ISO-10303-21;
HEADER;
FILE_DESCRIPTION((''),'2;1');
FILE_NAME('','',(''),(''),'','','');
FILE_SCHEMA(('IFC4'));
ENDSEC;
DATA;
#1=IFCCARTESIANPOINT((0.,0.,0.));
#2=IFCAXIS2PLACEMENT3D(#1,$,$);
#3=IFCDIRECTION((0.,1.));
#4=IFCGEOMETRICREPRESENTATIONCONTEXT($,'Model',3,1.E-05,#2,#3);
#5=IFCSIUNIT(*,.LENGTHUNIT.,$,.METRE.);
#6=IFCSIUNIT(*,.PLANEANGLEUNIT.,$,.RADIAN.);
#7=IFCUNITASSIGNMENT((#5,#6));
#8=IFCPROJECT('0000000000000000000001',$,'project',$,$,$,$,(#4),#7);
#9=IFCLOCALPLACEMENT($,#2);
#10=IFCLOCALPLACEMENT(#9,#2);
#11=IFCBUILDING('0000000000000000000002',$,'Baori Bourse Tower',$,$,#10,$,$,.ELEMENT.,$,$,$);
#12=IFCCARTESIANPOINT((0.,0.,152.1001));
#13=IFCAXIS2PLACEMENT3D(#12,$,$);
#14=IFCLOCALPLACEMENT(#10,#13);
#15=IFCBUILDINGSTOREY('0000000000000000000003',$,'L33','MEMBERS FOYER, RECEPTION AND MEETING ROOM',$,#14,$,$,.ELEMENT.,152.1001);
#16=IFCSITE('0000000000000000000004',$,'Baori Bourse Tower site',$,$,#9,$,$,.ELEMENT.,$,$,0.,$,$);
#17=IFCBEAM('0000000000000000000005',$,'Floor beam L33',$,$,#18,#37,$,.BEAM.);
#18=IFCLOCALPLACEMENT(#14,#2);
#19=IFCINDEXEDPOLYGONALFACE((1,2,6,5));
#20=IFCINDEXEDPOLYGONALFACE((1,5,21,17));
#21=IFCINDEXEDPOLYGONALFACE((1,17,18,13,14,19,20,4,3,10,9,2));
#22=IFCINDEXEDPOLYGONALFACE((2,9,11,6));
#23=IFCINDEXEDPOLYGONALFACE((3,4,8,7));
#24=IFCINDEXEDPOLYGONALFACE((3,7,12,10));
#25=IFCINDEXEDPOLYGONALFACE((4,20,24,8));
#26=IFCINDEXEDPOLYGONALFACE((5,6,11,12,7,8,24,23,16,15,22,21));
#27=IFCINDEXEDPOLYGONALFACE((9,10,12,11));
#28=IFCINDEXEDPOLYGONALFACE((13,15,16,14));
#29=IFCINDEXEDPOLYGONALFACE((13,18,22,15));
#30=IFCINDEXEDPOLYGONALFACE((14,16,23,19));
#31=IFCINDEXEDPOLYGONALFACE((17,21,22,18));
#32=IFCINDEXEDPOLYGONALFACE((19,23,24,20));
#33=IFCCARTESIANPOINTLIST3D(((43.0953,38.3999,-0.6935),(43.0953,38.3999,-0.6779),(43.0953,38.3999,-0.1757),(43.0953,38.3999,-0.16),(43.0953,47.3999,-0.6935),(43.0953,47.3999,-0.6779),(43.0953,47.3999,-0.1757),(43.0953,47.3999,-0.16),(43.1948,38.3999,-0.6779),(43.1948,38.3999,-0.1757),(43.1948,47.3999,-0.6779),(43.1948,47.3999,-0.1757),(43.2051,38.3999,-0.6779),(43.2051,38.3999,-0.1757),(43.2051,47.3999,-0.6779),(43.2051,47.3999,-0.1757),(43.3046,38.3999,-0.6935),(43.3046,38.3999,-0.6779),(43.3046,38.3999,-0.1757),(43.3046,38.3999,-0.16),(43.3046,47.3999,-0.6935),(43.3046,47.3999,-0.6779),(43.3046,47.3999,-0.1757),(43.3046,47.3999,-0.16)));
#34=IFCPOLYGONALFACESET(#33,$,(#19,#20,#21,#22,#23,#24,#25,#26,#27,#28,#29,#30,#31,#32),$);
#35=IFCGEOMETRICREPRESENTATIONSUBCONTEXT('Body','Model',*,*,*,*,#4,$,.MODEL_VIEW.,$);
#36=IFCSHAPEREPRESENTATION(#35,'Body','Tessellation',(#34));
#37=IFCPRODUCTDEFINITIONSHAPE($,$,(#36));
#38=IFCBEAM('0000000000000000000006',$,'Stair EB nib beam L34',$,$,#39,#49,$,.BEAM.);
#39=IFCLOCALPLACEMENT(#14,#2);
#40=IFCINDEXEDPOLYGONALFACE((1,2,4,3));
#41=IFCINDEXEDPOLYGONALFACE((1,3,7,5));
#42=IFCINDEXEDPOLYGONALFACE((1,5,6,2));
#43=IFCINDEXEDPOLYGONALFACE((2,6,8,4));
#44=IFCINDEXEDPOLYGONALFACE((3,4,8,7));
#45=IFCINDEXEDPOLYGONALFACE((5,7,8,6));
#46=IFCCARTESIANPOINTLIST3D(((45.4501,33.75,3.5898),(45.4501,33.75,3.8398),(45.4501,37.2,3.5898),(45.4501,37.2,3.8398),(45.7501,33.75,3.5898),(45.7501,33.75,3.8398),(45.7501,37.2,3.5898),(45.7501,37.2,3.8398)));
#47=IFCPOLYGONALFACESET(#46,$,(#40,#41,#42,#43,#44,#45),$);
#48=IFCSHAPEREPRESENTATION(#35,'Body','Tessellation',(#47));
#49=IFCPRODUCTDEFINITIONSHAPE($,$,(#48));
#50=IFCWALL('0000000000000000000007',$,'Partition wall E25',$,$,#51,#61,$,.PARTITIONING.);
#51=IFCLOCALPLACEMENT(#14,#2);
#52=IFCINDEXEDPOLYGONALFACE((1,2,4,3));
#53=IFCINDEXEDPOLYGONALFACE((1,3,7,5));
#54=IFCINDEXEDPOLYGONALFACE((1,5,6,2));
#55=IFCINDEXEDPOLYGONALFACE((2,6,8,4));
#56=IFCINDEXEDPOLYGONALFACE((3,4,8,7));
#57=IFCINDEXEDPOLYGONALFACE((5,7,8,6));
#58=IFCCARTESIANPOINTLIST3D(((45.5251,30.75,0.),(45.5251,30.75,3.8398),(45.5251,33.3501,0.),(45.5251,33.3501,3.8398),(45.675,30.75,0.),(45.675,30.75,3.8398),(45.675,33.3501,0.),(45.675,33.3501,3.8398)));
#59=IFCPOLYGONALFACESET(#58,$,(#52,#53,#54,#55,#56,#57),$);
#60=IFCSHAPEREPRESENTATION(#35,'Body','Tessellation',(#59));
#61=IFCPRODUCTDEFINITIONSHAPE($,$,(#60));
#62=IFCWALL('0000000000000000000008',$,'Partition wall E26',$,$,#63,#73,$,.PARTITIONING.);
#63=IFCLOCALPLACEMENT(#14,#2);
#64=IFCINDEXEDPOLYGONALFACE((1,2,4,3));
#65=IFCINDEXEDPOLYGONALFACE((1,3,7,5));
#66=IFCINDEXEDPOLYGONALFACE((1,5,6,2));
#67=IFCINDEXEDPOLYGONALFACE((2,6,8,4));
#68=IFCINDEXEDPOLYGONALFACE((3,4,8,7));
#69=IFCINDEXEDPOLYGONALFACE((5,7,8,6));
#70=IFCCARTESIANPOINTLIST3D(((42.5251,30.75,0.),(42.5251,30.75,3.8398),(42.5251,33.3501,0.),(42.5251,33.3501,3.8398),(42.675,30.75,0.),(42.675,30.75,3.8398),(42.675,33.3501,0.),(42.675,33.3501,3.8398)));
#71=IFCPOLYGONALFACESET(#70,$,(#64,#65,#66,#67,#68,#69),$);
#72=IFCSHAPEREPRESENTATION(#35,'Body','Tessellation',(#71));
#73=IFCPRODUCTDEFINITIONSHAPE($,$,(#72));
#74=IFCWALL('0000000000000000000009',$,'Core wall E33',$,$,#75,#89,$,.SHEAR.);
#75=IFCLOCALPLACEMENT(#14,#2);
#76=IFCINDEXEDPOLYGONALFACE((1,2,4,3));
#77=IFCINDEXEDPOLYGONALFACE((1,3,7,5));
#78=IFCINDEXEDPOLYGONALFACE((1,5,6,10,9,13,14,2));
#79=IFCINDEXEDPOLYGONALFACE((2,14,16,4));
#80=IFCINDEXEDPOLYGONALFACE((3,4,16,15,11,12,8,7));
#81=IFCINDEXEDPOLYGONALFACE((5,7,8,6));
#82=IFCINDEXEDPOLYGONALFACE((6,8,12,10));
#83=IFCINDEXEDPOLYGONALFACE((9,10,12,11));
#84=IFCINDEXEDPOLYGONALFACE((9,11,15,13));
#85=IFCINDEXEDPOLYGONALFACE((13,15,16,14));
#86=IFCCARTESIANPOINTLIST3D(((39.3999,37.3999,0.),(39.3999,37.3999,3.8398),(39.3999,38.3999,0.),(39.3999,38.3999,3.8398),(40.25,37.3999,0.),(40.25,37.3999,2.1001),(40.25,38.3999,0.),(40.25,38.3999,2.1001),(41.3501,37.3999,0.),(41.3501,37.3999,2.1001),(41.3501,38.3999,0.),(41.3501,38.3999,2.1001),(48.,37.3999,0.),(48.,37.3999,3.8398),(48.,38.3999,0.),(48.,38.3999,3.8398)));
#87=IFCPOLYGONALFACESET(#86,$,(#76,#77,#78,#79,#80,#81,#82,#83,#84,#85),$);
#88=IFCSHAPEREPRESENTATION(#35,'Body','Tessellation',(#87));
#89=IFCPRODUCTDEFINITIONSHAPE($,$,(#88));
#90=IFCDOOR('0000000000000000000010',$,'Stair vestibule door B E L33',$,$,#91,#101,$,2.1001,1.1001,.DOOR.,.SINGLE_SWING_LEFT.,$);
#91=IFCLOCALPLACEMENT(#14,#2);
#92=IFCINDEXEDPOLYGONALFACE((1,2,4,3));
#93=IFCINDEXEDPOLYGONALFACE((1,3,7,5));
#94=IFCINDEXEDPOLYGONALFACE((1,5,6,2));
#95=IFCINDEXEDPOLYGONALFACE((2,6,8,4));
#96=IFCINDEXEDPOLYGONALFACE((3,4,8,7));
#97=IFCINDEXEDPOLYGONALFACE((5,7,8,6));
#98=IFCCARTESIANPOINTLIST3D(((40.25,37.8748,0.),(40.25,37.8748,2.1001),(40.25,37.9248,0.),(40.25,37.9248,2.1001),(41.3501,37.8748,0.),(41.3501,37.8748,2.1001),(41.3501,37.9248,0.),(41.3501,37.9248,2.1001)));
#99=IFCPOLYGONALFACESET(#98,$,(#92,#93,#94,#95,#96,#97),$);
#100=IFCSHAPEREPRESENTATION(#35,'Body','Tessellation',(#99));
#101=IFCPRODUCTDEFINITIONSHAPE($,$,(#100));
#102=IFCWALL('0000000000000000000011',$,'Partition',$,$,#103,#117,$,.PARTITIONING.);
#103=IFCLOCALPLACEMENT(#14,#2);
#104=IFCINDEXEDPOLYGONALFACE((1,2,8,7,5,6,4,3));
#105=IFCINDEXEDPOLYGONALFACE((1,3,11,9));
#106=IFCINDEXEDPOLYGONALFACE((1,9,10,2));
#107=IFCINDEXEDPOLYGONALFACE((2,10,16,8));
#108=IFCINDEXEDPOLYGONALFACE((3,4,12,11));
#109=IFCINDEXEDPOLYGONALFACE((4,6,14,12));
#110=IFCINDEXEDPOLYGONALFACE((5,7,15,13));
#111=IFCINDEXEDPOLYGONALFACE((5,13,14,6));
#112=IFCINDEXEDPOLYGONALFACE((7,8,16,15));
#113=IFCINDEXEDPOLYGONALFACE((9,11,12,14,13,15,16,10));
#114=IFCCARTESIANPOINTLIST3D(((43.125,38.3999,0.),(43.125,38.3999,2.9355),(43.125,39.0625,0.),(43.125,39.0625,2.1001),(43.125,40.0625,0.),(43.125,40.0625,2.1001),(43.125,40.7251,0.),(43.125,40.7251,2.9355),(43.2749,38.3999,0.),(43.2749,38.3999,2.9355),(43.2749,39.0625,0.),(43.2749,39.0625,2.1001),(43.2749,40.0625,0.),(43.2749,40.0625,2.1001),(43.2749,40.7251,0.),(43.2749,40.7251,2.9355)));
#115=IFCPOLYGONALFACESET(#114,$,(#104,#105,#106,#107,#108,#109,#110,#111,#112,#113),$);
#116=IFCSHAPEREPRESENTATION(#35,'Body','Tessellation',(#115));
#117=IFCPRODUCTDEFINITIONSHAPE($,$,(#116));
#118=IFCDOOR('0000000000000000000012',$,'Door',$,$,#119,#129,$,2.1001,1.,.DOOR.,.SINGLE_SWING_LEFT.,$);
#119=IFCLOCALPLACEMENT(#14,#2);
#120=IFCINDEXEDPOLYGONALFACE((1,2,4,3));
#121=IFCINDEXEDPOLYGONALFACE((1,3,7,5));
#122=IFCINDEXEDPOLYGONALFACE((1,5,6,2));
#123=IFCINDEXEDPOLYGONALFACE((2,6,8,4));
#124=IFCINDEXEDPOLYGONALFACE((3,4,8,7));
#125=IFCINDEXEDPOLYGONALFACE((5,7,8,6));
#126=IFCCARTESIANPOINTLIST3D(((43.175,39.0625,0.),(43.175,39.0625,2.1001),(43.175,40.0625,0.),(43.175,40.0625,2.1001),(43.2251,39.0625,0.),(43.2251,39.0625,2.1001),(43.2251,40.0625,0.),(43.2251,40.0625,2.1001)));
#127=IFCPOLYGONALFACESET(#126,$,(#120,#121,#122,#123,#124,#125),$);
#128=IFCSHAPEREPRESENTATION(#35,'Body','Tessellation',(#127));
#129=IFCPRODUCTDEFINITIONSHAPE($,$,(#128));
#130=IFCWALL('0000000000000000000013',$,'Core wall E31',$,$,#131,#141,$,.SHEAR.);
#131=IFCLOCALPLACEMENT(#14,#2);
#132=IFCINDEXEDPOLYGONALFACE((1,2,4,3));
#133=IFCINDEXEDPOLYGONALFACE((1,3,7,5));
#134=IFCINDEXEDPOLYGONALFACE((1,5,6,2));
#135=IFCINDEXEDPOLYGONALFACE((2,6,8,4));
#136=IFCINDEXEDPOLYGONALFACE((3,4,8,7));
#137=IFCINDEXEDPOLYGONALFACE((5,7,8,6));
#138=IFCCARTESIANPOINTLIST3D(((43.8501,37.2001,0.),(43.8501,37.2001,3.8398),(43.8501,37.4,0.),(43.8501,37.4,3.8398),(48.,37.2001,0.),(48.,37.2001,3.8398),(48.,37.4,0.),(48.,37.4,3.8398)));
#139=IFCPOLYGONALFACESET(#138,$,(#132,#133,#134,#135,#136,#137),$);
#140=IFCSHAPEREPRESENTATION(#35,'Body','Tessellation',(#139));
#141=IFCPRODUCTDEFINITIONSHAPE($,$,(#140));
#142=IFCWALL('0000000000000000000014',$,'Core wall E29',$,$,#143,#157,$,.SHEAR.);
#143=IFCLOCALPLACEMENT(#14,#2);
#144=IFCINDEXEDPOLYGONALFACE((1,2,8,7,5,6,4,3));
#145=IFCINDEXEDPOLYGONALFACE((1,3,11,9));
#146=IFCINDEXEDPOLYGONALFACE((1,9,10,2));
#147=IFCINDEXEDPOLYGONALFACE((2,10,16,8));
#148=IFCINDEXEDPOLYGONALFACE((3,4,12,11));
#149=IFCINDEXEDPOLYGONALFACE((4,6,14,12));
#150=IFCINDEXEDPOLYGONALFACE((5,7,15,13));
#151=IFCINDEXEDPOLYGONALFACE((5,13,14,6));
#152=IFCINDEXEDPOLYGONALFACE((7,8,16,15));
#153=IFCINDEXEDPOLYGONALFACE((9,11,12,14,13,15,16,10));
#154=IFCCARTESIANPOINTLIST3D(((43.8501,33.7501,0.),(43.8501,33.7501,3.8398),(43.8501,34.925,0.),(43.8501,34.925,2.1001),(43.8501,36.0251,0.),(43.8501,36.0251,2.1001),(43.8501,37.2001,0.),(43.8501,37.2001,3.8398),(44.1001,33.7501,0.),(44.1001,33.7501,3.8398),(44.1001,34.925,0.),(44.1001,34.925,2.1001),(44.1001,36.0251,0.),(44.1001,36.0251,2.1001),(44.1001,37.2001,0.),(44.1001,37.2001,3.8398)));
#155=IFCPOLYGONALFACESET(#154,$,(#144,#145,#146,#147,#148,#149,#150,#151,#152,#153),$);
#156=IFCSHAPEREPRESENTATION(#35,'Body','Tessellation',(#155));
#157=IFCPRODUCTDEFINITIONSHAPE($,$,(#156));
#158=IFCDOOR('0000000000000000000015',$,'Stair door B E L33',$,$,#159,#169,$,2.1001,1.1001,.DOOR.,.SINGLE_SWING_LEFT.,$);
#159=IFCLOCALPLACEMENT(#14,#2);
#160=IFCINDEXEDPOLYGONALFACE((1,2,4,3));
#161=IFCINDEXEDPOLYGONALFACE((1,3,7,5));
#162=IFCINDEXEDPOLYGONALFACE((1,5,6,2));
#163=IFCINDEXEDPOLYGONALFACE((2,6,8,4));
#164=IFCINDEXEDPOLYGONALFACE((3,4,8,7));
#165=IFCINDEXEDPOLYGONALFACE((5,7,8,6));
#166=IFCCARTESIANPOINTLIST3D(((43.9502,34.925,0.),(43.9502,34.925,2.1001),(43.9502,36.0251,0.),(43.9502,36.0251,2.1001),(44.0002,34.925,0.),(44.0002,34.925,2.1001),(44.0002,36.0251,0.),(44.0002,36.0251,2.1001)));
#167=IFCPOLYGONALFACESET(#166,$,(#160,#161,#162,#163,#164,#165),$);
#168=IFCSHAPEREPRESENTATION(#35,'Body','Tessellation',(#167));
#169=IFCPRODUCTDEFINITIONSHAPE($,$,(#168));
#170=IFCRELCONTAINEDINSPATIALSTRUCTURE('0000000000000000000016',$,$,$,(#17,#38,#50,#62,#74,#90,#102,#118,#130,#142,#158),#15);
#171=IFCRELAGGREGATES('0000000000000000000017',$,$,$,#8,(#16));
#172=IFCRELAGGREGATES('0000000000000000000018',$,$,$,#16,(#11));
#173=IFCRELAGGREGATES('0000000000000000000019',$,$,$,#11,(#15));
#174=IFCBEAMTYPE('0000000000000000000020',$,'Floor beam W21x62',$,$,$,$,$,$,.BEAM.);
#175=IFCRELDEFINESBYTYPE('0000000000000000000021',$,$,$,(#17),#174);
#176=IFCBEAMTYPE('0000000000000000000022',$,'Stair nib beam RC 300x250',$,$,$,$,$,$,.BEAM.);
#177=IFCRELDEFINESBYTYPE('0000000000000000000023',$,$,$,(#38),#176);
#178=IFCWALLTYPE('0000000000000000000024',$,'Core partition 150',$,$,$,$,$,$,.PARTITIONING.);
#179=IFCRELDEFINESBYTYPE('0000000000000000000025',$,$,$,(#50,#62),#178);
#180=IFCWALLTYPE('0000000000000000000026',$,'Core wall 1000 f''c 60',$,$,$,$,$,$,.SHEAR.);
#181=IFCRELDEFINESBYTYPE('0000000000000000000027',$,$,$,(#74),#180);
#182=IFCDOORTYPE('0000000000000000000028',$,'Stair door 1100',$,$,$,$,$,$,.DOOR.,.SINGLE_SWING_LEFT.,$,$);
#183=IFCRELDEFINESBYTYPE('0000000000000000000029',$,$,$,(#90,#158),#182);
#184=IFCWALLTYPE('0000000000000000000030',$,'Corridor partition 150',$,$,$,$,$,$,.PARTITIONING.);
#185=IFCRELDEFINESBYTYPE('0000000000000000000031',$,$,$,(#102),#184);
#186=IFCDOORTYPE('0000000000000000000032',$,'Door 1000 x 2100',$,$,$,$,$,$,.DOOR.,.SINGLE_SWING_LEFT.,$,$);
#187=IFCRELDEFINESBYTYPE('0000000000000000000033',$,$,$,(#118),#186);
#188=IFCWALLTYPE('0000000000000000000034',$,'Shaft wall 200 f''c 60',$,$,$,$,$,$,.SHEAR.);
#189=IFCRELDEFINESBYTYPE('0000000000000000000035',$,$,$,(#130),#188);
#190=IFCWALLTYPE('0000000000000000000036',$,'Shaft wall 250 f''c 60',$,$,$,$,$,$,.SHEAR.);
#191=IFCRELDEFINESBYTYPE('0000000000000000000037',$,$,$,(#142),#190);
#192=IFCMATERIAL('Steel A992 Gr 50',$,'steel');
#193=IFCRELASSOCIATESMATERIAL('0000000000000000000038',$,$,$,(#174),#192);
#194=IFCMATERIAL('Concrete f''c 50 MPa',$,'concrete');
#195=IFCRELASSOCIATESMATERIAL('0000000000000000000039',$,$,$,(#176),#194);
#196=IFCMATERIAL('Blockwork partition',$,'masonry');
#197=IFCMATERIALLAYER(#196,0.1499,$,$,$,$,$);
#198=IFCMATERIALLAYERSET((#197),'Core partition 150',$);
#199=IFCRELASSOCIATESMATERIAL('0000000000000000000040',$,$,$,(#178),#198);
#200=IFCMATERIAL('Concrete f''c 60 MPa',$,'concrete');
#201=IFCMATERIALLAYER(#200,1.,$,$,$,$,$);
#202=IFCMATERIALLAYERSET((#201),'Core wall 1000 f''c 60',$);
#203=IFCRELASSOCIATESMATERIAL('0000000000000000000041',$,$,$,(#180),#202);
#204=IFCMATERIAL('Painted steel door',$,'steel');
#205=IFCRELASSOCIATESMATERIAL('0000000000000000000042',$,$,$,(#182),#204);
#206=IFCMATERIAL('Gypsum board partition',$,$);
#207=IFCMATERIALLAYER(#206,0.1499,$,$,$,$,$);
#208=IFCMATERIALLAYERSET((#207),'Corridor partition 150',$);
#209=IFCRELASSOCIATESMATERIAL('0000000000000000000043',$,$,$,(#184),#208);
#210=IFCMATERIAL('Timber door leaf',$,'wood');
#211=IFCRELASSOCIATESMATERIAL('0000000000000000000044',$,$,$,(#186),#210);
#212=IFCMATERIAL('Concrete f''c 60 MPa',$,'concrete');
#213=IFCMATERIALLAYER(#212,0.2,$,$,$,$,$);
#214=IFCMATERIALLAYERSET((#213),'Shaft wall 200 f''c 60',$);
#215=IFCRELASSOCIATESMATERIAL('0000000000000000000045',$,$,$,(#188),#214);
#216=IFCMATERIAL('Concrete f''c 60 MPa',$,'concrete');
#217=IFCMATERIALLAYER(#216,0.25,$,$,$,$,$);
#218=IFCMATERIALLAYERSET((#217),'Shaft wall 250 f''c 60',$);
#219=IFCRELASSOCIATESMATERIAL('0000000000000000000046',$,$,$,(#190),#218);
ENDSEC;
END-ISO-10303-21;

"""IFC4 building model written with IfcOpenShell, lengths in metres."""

from ifc_helpers import new_model, si_unit, direction, frame, frame_2d, origin, origin_2d, place, context, subcontext, project, spatial, rectangle, i_section, extrude, material, layer, layer_set, material_profile, profile_set, type_object, element, fill, save


model = new_model("IFC4")

# Units and contexts
model_context = context("Model", 3, precision=1e-05, world=origin(), true_north=direction((0.0, 1.0)))
body_context = subcontext(model_context, "Body", "Model", "MODEL_VIEW")
ifc_project = project(units=[si_unit("LENGTHUNIT", "METRE"), si_unit("PLANEANGLEUNIT", "RADIAN")], contexts=[model_context])

# Site, building, storey
site_placement = place(None, origin())
site = spatial("IfcSite", under=ifc_project, at=site_placement, Name="Baori Bourse Tower site", CompositionType="ELEMENT", RefElevation=0.0)
building_placement = place(site_placement, origin())
building = spatial("IfcBuilding", under=site, at=building_placement, Name="Baori Bourse Tower", CompositionType="ELEMENT")
storey_placement = place(building_placement, frame((0.0, 0.0, 152.1001)))
storey = spatial("IfcBuildingStorey", under=building, at=storey_placement, Name="L33", Description="MEMBERS FOYER, RECEPTION AND MEETING ROOM", CompositionType="ELEMENT", Elevation=152.1001)

# Beams
ifc_material_1 = material(Name="Steel A992 Gr 50", Category="steel")
ifc_material_profile_1 = material_profile(ifc_material_1, i_section(OverallWidth=0.2092, OverallDepth=0.5334, WebThickness=0.0103, FlangeThickness=0.0156, at=origin_2d()), Name="W21x62")
ifc_profile_set_1 = profile_set([ifc_material_profile_1], Name="Steel A992 Gr 50")
beam_type_1 = type_object("IfcBeamType", Name="Floor beam W21x62", PredefinedType="BEAM", material=ifc_profile_set_1)
beam_1_placement = place(storey_placement, frame((43.2, 38.3999, -0.4268), z_axis=(0.0, 1.0, 0.0), x_axis=(-1.0, 0.0, 0.0)))
element("IfcBeam", 1, at=beam_1_placement, inside=storey, type_object=beam_type_1, Name="Floor beam L33", PredefinedType="BEAM", context=body_context, shape_type="SweptSolid", body=[
    extrude(i_section(OverallWidth=0.2092, OverallDepth=0.5334, WebThickness=0.0103, FlangeThickness=0.0156, at=origin_2d()), origin(), (0.0, 0.0, 1.0), 9.0),
])
ifc_material_2 = material(Name="Concrete f'c 50 MPa", Category="concrete")
ifc_material_profile_2 = material_profile(ifc_material_2, rectangle(XDim=0.3, YDim=0.25, at=origin_2d()), Name="RC 300x250")
ifc_profile_set_2 = profile_set([ifc_material_profile_2], Name="Concrete f'c 50 MPa")
beam_type_2 = type_object("IfcBeamType", Name="Stair nib beam RC 300x250", PredefinedType="BEAM", material=ifc_profile_set_2)
beam_2_placement = place(storey_placement, frame((45.6001, 33.75, 3.7148), z_axis=(0.0, 1.0, 0.0), x_axis=(-1.0, 0.0, 0.0)))
element("IfcBeam", 2, at=beam_2_placement, inside=storey, type_object=beam_type_2, Name="Stair EB nib beam L34", PredefinedType="BEAM", context=body_context, shape_type="SweptSolid", body=[
    extrude(rectangle(XDim=0.3, YDim=0.25, at=origin_2d()), origin(), (0.0, 0.0, 1.0), 3.45),
])

# Walls
ifc_material_3 = material(Name="Blockwork partition", Category="masonry")
ifc_layer_1 = layer(ifc_material_3, 0.1499)
ifc_layer_set_1 = layer_set([ifc_layer_1], Name="Core partition 150")
wall_type_1 = type_object("IfcWallType", Name="Core partition 150", PredefinedType="PARTITIONING", material=ifc_layer_set_1)
for number, where, z_axis, x_axis, name in (
    (3, (45.6001, 30.75, 0.0), (0.0, 0.0, 1.0), (0.0, 1.0, 0.0), "Partition wall E25"),
    (4, (42.6001, 30.75, 0.0), (0.0, 0.0, 1.0), (0.0, 1.0, 0.0), "Partition wall E26"),
):
    element("IfcWall", number, at=place(storey_placement, frame(where, z_axis=z_axis, x_axis=x_axis)), inside=storey, type_object=wall_type_1, Name=name, PredefinedType="PARTITIONING", context=body_context, shape_type="SweptSolid", body=[
        extrude(rectangle(XDim=2.6001, YDim=0.1499, at=frame_2d((1.3, 0.0))), origin(), (0.0, 0.0, 1.0), 3.8398),
    ])

# Walls, openings, doors
ifc_material_4 = material(Name="Concrete f'c 60 MPa", Category="concrete")
ifc_layer_2 = layer(ifc_material_4, 1.0)
ifc_layer_set_2 = layer_set([ifc_layer_2], Name="Core wall 1000 f'c 60")
wall_type_2 = type_object("IfcWallType", Name="Core wall 1000 f'c 60", PredefinedType="SHEAR", material=ifc_layer_set_2)
wall_1_placement = place(storey_placement, frame((39.3999, 37.8999, 0.0), z_axis=(0.0, 0.0, 1.0), x_axis=(1.0, 0.0, 0.0)))
wall_1 = element("IfcWall", 5, at=wall_1_placement, inside=storey, type_object=wall_type_2, Name="Core wall E33", PredefinedType="SHEAR", context=body_context, shape_type="SweptSolid", body=[
    extrude(rectangle(XDim=8.6001, YDim=1.0, at=frame_2d((4.3, 0.0))), origin(), (0.0, 0.0, 1.0), 3.8398),
])
opening_1_placement = place(wall_1_placement, frame((0.8501, 0.0, 0.0)))
opening_1 = element("IfcOpeningElement", 6, at=opening_1_placement, cuts=wall_1, PredefinedType="OPENING", context=body_context, shape_type="SweptSolid", body=[
    extrude(rectangle(XDim=1.1001, YDim=2.1001, at=frame_2d((0.55, 1.05))), frame((0.0, 0.51, 0.0), z_axis=(0.0, -1.0, 0.0), x_axis=(1.0, 0.0, 0.0)), (0.0, 0.0, 1.0), 1.02),
])
ifc_material_5 = material(Name="Painted steel door", Category="steel")
door_type_1 = type_object("IfcDoorType", Name="Stair door 1100", OperationType="SINGLE_SWING_LEFT", PredefinedType="DOOR", material=ifc_material_5)
door_1_placement = place(opening_1_placement, origin())
door_1 = element("IfcDoor", 7, at=door_1_placement, inside=storey, type_object=door_type_1, Name="Stair vestibule door B E L33", OperationType="SINGLE_SWING_LEFT", OverallHeight=2.1001, OverallWidth=1.1001, PredefinedType="DOOR", context=body_context, shape_type="SweptSolid", body=[
    extrude(rectangle(XDim=1.1001, YDim=2.1001, at=frame_2d((0.55, 1.05))), frame((0.0, 0.0249, 0.0), z_axis=(0.0, -1.0, 0.0), x_axis=(1.0, 0.0, 0.0)), (0.0, 0.0, 1.0), 0.05),
])
fill(opening_1, door_1)
ifc_material_6 = material(Name="Gypsum board partition")
ifc_layer_3 = layer(ifc_material_6, 0.1499)
ifc_layer_set_3 = layer_set([ifc_layer_3], Name="Corridor partition 150")
wall_type_3 = type_object("IfcWallType", Name="Corridor partition 150", PredefinedType="PARTITIONING", material=ifc_layer_set_3)
wall_2_placement = place(storey_placement, frame((43.2, 38.3999, 0.0), z_axis=(0.0, 0.0, 1.0), x_axis=(0.0, 1.0, 0.0)))
wall_2 = element("IfcWall", 8, at=wall_2_placement, inside=storey, type_object=wall_type_3, Name="Partition", PredefinedType="PARTITIONING", context=body_context, shape_type="SweptSolid", body=[
    extrude(rectangle(XDim=2.3252, YDim=0.1499, at=frame_2d((1.1626, 0.0))), origin(), (0.0, 0.0, 1.0), 2.9355),
])
opening_2_placement = place(wall_2_placement, frame((0.6626, 0.0, 0.0)))
opening_2 = element("IfcOpeningElement", 9, at=opening_2_placement, cuts=wall_2, PredefinedType="OPENING", context=body_context, shape_type="SweptSolid", body=[
    extrude(rectangle(XDim=1.0, YDim=2.1001, at=frame_2d((0.5, 1.05))), frame((0.0, 0.085, 0.0), z_axis=(0.0, -1.0, 0.0), x_axis=(1.0, 0.0, 0.0)), (0.0, 0.0, 1.0), 0.1699),
])
ifc_material_7 = material(Name="Timber door leaf", Category="wood")
door_type_2 = type_object("IfcDoorType", Name="Door 1000 x 2100", OperationType="SINGLE_SWING_LEFT", PredefinedType="DOOR", material=ifc_material_7)
door_2_placement = place(opening_2_placement, origin())
door_2 = element("IfcDoor", 10, at=door_2_placement, inside=storey, type_object=door_type_2, Name="Door", OperationType="SINGLE_SWING_LEFT", OverallHeight=2.1001, OverallWidth=1.0, PredefinedType="DOOR", context=body_context, shape_type="SweptSolid", body=[
    extrude(rectangle(XDim=1.0, YDim=2.1001, at=frame_2d((0.5, 1.05))), frame((0.0, 0.0249, 0.0), z_axis=(0.0, -1.0, 0.0), x_axis=(1.0, 0.0, 0.0)), (0.0, 0.0, 1.0), 0.05),
])
fill(opening_2, door_2)

# Wall
ifc_material_8 = material(Name="Concrete f'c 60 MPa", Category="concrete")
ifc_layer_4 = layer(ifc_material_8, 0.2)
ifc_layer_set_4 = layer_set([ifc_layer_4], Name="Shaft wall 200 f'c 60")
wall_type_4 = type_object("IfcWallType", Name="Shaft wall 200 f'c 60", PredefinedType="SHEAR", material=ifc_layer_set_4)
wall_3_placement = place(storey_placement, frame((43.8501, 37.3, 0.0), z_axis=(0.0, 0.0, 1.0), x_axis=(1.0, 0.0, 0.0)))
element("IfcWall", 11, at=wall_3_placement, inside=storey, type_object=wall_type_4, Name="Core wall E31", PredefinedType="SHEAR", context=body_context, shape_type="SweptSolid", body=[
    extrude(rectangle(XDim=4.1499, YDim=0.2, at=frame_2d((2.075, 0.0))), origin(), (0.0, 0.0, 1.0), 3.8398),
])

# Wall, opening, door
ifc_material_9 = material(Name="Concrete f'c 60 MPa", Category="concrete")
ifc_layer_5 = layer(ifc_material_9, 0.25)
ifc_layer_set_5 = layer_set([ifc_layer_5], Name="Shaft wall 250 f'c 60")
wall_type_5 = type_object("IfcWallType", Name="Shaft wall 250 f'c 60", PredefinedType="SHEAR", material=ifc_layer_set_5)
wall_4_placement = place(storey_placement, frame((43.9751, 33.75, 0.0), z_axis=(0.0, 0.0, 1.0), x_axis=(0.0, 1.0, 0.0)))
wall_4 = element("IfcWall", 12, at=wall_4_placement, inside=storey, type_object=wall_type_5, Name="Core wall E29", PredefinedType="SHEAR", context=body_context, shape_type="SweptSolid", body=[
    extrude(rectangle(XDim=3.45, YDim=0.25, at=frame_2d((1.7251, 0.0))), origin(), (0.0, 0.0, 1.0), 3.8398),
])
opening_3_placement = place(wall_4_placement, frame((1.175, 0.0, 0.0)))
opening_3 = element("IfcOpeningElement", 13, at=opening_3_placement, cuts=wall_4, PredefinedType="OPENING", context=body_context, shape_type="SweptSolid", body=[
    extrude(rectangle(XDim=1.1001, YDim=2.1001, at=frame_2d((0.55, 1.05))), frame((0.0, 0.135, 0.0), z_axis=(0.0, -1.0, 0.0), x_axis=(1.0, 0.0, 0.0)), (0.0, 0.0, 1.0), 0.27),
])
door_3_placement = place(opening_3_placement, origin())
door_3 = element("IfcDoor", 14, at=door_3_placement, inside=storey, type_object=door_type_1, Name="Stair door B E L33", OperationType="SINGLE_SWING_LEFT", OverallHeight=2.1001, OverallWidth=1.1001, PredefinedType="DOOR", context=body_context, shape_type="SweptSolid", body=[
    extrude(rectangle(XDim=1.1001, YDim=2.1001, at=frame_2d((0.55, 1.05))), frame((0.0, 0.0249, 0.0), z_axis=(0.0, -1.0, 0.0), x_axis=(1.0, 0.0, 0.0)), (0.0, 0.0, 1.0), 0.05),
])
fill(opening_3, door_3)

save(model, "model.ifc")
